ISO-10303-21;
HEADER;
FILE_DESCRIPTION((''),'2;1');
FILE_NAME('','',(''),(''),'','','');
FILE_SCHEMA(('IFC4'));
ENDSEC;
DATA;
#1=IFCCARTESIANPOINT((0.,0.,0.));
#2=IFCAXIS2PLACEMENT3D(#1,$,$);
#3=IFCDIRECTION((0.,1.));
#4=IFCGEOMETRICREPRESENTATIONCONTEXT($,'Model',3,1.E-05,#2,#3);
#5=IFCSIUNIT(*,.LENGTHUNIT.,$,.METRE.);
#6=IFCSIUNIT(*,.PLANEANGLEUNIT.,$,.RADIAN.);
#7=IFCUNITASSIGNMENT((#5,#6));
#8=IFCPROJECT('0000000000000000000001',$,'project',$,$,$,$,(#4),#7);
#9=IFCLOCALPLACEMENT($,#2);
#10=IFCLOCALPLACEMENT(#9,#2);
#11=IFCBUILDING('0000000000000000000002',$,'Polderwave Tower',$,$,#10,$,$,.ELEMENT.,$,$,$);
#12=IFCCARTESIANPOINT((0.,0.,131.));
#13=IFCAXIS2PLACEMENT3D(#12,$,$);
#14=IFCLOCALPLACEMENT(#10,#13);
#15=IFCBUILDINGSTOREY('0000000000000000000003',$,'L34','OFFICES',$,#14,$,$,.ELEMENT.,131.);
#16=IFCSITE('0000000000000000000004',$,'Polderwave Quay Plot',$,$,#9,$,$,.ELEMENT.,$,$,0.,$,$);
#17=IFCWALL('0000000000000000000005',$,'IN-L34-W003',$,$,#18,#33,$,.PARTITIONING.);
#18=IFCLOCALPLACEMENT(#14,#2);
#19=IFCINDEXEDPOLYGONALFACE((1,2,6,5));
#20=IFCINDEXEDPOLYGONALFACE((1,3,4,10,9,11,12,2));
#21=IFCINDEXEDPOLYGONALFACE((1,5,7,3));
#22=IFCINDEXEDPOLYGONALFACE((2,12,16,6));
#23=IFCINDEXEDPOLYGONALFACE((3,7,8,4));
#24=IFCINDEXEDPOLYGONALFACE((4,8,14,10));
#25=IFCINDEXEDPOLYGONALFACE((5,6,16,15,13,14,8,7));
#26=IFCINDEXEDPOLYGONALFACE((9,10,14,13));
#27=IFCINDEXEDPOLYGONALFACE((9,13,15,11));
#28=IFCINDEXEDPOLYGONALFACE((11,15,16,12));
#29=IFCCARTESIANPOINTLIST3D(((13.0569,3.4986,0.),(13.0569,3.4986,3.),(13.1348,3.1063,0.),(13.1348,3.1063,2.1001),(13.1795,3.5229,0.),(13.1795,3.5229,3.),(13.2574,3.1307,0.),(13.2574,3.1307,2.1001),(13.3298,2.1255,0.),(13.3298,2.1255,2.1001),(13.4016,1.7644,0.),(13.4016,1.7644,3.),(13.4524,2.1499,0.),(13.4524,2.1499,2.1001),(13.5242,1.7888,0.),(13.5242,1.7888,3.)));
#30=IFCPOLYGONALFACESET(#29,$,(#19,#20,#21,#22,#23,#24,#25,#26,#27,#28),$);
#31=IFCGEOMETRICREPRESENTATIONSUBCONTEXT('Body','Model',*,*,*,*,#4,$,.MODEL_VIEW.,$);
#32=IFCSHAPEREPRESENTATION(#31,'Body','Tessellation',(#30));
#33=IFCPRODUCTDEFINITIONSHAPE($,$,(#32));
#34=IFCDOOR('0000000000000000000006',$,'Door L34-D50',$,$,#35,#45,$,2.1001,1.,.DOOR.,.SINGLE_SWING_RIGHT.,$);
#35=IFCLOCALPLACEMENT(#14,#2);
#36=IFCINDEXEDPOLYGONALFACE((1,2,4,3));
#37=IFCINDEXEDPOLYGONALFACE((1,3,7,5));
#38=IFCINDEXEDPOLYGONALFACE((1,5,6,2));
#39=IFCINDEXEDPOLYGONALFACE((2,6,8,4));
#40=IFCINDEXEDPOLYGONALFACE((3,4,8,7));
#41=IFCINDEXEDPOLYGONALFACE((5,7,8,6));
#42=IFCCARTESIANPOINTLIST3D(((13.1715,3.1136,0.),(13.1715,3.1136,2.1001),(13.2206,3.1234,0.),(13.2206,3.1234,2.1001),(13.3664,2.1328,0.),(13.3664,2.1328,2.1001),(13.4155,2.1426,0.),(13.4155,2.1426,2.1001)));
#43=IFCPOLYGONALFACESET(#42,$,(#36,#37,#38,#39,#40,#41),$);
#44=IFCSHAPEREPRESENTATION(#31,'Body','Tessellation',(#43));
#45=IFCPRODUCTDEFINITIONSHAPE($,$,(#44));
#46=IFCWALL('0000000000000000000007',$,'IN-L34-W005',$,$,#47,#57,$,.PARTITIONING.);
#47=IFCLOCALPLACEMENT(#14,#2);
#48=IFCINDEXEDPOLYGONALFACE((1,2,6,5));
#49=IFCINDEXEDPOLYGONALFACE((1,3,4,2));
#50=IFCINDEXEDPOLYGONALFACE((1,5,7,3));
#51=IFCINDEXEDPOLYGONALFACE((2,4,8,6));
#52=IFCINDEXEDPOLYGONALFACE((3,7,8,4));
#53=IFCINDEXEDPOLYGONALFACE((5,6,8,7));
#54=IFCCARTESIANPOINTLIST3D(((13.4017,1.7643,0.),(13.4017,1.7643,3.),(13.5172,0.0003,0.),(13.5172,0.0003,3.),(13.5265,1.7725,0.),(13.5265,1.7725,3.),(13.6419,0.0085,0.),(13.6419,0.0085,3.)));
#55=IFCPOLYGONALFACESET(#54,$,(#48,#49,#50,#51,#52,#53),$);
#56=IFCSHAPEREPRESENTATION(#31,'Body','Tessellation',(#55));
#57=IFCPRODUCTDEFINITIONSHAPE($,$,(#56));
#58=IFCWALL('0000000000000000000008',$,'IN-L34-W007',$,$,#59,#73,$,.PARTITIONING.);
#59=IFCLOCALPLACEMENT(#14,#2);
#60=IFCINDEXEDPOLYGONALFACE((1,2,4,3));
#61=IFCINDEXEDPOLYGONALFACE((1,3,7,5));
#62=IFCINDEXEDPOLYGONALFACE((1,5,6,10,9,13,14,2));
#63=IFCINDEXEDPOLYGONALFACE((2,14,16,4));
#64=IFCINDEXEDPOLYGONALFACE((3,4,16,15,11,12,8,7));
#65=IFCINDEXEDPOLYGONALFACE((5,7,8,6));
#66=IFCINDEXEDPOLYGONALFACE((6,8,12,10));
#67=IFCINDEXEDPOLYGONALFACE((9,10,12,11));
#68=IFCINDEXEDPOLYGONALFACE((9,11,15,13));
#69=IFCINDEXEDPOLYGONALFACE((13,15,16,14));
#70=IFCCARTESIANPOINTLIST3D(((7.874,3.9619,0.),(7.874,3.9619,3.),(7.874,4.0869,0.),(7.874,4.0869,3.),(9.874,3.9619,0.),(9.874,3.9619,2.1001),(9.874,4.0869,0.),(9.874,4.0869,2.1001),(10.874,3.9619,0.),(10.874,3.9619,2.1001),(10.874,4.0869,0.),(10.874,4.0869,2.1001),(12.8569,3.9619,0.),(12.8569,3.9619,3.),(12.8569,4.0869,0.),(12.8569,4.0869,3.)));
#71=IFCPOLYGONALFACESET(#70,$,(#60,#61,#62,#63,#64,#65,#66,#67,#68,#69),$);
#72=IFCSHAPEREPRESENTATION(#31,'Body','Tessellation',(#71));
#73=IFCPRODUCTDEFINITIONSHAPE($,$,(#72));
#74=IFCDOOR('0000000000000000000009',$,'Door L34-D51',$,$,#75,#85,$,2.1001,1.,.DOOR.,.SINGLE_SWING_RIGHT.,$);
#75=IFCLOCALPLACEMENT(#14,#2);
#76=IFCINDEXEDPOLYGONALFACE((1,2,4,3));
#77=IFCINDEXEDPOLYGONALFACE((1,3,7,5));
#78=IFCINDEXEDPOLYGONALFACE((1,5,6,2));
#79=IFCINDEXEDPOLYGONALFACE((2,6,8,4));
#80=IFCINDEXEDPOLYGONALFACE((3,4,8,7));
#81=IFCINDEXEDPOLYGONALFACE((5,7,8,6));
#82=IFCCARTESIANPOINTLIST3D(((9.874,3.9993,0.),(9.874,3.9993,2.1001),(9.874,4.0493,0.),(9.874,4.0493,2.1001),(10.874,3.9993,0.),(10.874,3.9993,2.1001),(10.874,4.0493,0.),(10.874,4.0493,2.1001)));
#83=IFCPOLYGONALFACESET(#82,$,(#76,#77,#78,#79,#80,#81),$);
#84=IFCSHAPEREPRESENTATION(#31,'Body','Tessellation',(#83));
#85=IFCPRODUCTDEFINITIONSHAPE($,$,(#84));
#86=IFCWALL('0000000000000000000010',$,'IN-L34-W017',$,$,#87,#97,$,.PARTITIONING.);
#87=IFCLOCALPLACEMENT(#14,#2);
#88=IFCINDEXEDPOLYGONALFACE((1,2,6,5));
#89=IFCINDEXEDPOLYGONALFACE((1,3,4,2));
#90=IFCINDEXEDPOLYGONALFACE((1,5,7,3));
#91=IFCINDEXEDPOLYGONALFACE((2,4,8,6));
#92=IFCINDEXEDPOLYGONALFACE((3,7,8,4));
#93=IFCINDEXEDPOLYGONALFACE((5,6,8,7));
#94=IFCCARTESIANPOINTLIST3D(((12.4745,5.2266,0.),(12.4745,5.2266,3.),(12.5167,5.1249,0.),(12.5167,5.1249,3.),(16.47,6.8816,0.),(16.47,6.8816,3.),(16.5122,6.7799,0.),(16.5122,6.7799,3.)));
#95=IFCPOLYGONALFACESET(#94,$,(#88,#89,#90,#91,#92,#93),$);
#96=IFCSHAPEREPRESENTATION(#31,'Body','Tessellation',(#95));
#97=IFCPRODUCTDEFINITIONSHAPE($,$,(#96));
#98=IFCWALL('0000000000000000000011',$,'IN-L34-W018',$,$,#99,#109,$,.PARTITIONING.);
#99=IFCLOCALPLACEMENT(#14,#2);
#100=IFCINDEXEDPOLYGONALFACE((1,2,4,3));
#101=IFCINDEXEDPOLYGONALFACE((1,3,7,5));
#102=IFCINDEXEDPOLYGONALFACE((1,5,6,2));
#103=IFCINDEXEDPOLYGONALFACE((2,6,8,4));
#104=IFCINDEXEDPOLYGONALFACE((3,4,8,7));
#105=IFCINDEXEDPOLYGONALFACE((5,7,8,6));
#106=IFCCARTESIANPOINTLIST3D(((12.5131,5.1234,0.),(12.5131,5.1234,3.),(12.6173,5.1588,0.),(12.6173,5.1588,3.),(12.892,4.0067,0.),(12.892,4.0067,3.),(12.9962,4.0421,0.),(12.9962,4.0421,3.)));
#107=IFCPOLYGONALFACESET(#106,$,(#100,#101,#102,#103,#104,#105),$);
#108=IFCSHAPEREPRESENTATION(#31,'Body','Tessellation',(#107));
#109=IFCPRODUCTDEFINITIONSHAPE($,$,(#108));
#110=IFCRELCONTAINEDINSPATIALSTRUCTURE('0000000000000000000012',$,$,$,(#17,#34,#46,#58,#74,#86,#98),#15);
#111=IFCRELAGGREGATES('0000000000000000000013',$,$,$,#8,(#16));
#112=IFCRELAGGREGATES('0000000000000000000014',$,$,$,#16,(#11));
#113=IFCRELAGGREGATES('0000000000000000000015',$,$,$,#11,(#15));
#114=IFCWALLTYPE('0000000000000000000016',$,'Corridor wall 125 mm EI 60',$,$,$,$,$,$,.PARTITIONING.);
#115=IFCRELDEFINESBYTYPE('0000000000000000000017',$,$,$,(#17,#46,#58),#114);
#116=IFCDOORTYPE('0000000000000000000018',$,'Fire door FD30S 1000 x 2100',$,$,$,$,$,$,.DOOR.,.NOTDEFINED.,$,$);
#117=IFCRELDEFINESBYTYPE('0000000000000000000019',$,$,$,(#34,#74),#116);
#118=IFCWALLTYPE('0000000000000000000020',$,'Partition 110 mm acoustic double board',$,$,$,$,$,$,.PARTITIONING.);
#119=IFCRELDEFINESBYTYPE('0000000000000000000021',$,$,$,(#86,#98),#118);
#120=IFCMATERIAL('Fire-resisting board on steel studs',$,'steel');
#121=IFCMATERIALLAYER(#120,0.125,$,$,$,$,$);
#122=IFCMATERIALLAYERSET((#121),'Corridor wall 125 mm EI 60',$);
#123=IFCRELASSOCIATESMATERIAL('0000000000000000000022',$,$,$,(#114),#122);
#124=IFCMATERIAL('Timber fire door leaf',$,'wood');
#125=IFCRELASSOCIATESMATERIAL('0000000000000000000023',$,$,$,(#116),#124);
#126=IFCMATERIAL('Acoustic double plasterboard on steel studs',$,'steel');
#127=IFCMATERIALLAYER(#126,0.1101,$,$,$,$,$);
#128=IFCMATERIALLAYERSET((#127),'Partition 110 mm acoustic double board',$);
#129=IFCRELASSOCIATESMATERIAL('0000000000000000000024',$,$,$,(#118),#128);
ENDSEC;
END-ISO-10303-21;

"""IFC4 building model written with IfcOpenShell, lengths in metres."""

from ifc_helpers import new_model, si_unit, direction, frame, frame_2d, origin, place, context, subcontext, project, spatial, rectangle, extrude, material, layer, layer_set, type_object, element, fill, save


model = new_model("IFC4")

# Units and contexts
model_context = context("Model", 3, precision=1e-05, world=origin(), true_north=direction((0.0, 1.0)))
body_context = subcontext(model_context, "Body", "Model", "MODEL_VIEW")
ifc_project = project(units=[si_unit("LENGTHUNIT", "METRE"), si_unit("PLANEANGLEUNIT", "RADIAN")], contexts=[model_context])

# Site, building, storey
site_placement = place(None, origin())
site = spatial("IfcSite", under=ifc_project, at=site_placement, Name="Polderwave Quay Plot", CompositionType="ELEMENT", RefElevation=0.0)
building_placement = place(site_placement, origin())
building = spatial("IfcBuilding", under=site, at=building_placement, Name="Polderwave Tower", CompositionType="ELEMENT")
storey_placement = place(building_placement, frame((0.0, 0.0, 131.0)))
storey = spatial("IfcBuildingStorey", under=building, at=storey_placement, Name="L34", Description="OFFICES", CompositionType="ELEMENT", Elevation=131.0)

# Shared definitions
ifc_material_1 = material(Name="Fire-resisting board on steel studs", Category="steel")
ifc_layer_1 = layer(ifc_material_1, 0.125)
ifc_layer_set_1 = layer_set([ifc_layer_1], Name="Corridor wall 125 mm EI 60")
wall_type_1 = type_object("IfcWallType", Name="Corridor wall 125 mm EI 60", PredefinedType="PARTITIONING", material=ifc_layer_set_1)

# Wall, opening, door
wall_1_placement = place(storey_placement, frame((13.1182, 3.5107, 0.0), z_axis=(0.0, 0.0, 1.0), x_axis=(0.194974, -0.980808, 0.0)))
wall_1 = element("IfcWall", 1, at=wall_1_placement, inside=storey, type_object=wall_type_1, Name="IN-L34-W003", PredefinedType="PARTITIONING", context=body_context, shape_type="SweptSolid", body=[
    extrude(rectangle(XDim=1.7681, YDim=0.125, at=frame_2d((0.884, 0.0))), origin(), (0.0, 0.0, 1.0), 3.0),
])
opening_1_placement = place(wall_1_placement, frame((0.3999, 0.0, 0.0)))
opening_1 = element("IfcOpeningElement", 2, at=opening_1_placement, cuts=wall_1, PredefinedType="OPENING", context=body_context, shape_type="SweptSolid", body=[
    extrude(rectangle(XDim=1.0, YDim=2.1001, at=frame_2d((0.5, 1.05))), frame((0.0, 0.0725, 0.0), z_axis=(0.0, -1.0, 0.0), x_axis=(1.0, 0.0, 0.0)), (0.0, 0.0, 1.0), 0.145),
])
ifc_material_2 = material(Name="Timber fire door leaf", Category="wood")
door_type = type_object("IfcDoorType", Name="Fire door FD30S 1000 x 2100", OperationType="NOTDEFINED", PredefinedType="DOOR", material=ifc_material_2)
door_1_placement = place(opening_1_placement, origin())
door_1 = element("IfcDoor", 3, at=door_1_placement, inside=storey, type_object=door_type, Name="Door L34-D50", OperationType="SINGLE_SWING_RIGHT", OverallHeight=2.1001, OverallWidth=1.0, PredefinedType="DOOR", context=body_context, shape_type="SweptSolid", body=[
    extrude(rectangle(XDim=1.0, YDim=2.1001, at=frame_2d((0.5, 1.05))), frame((0.0, 0.0249, 0.0), z_axis=(0.0, -1.0, 0.0), x_axis=(1.0, 0.0, 0.0)), (0.0, 0.0, 1.0), 0.05),
])
fill(opening_1, door_1)

# Wall
wall_2_placement = place(storey_placement, frame((13.4641, 1.7683, 0.0), z_axis=(0.0, 0.0, 1.0), x_axis=(0.065318, -0.997864, 0.0)))
element("IfcWall", 4, at=wall_2_placement, inside=storey, type_object=wall_type_1, Name="IN-L34-W005", PredefinedType="PARTITIONING", context=body_context, shape_type="SweptSolid", body=[
    extrude(rectangle(XDim=1.7678, YDim=0.125, at=frame_2d((0.8838, 0.0))), origin(), (0.0, 0.0, 1.0), 3.0),
])

# Wall, opening, door
wall_3_placement = place(storey_placement, frame((7.874, 4.0244, 0.0), z_axis=(0.0, 0.0, 1.0), x_axis=(1.0, 0.0, 0.0)))
wall_3 = element("IfcWall", 5, at=wall_3_placement, inside=storey, type_object=wall_type_1, Name="IN-L34-W007", PredefinedType="PARTITIONING", context=body_context, shape_type="SweptSolid", body=[
    extrude(rectangle(XDim=4.9829, YDim=0.125, at=frame_2d((2.4915, 0.0))), origin(), (0.0, 0.0, 1.0), 3.0),
])
opening_2_placement = place(wall_3_placement, frame((2.0, 0.0, 0.0)))
opening_2 = element("IfcOpeningElement", 6, at=opening_2_placement, cuts=wall_3, PredefinedType="OPENING", context=body_context, shape_type="SweptSolid", body=[
    extrude(rectangle(XDim=1.0, YDim=2.1001, at=frame_2d((0.5, 1.05))), frame((0.0, 0.0725, 0.0), z_axis=(0.0, -1.0, 0.0), x_axis=(1.0, 0.0, 0.0)), (0.0, 0.0, 1.0), 0.145),
])
door_2_placement = place(opening_2_placement, origin())
door_2 = element("IfcDoor", 7, at=door_2_placement, inside=storey, type_object=door_type, Name="Door L34-D51", OperationType="SINGLE_SWING_RIGHT", OverallHeight=2.1001, OverallWidth=1.0, PredefinedType="DOOR", context=body_context, shape_type="SweptSolid", body=[
    extrude(rectangle(XDim=1.0, YDim=2.1001, at=frame_2d((0.5, 1.05))), frame((0.0, 0.0249, 0.0), z_axis=(0.0, -1.0, 0.0), x_axis=(1.0, 0.0, 0.0)), (0.0, 0.0, 1.0), 0.05),
])
fill(opening_2, door_2)

# Walls
ifc_material_3 = material(Name="Acoustic double plasterboard on steel studs", Category="steel")
ifc_layer_2 = layer(ifc_material_3, 0.1101)
ifc_layer_set_2 = layer_set([ifc_layer_2], Name="Partition 110 mm acoustic double board")
wall_type_2 = type_object("IfcWallType", Name="Partition 110 mm acoustic double board", PredefinedType="PARTITIONING", material=ifc_layer_set_2)
wall_4_placement = place(storey_placement, frame((12.4956, 5.1758, 0.0), z_axis=(0.0, 0.0, 1.0), x_axis=(0.92388, 0.382683, 0.0)))
element("IfcWall", 8, at=wall_4_placement, inside=storey, type_object=wall_type_2, Name="IN-L34-W017", PredefinedType="PARTITIONING", context=body_context, shape_type="SweptSolid", body=[
    extrude(rectangle(XDim=4.3247, YDim=0.1101, at=frame_2d((2.1624, 0.0))), origin(), (0.0, 0.0, 1.0), 3.0),
])
wall_5_placement = place(storey_placement, frame((12.9441, 4.0244, 0.0), z_axis=(0.0, 0.0, 1.0), x_axis=(-0.321316, 0.946972, 0.0)))
element("IfcWall", 9, at=wall_5_placement, inside=storey, type_object=wall_type_2, Name="IN-L34-W018", PredefinedType="PARTITIONING", context=body_context, shape_type="SweptSolid", body=[
    extrude(rectangle(XDim=1.1792, YDim=0.1101, at=frame_2d((0.5896, 0.0))), origin(), (0.0, 0.0, 1.0), 3.0),
])

save(model, "model.ifc")
